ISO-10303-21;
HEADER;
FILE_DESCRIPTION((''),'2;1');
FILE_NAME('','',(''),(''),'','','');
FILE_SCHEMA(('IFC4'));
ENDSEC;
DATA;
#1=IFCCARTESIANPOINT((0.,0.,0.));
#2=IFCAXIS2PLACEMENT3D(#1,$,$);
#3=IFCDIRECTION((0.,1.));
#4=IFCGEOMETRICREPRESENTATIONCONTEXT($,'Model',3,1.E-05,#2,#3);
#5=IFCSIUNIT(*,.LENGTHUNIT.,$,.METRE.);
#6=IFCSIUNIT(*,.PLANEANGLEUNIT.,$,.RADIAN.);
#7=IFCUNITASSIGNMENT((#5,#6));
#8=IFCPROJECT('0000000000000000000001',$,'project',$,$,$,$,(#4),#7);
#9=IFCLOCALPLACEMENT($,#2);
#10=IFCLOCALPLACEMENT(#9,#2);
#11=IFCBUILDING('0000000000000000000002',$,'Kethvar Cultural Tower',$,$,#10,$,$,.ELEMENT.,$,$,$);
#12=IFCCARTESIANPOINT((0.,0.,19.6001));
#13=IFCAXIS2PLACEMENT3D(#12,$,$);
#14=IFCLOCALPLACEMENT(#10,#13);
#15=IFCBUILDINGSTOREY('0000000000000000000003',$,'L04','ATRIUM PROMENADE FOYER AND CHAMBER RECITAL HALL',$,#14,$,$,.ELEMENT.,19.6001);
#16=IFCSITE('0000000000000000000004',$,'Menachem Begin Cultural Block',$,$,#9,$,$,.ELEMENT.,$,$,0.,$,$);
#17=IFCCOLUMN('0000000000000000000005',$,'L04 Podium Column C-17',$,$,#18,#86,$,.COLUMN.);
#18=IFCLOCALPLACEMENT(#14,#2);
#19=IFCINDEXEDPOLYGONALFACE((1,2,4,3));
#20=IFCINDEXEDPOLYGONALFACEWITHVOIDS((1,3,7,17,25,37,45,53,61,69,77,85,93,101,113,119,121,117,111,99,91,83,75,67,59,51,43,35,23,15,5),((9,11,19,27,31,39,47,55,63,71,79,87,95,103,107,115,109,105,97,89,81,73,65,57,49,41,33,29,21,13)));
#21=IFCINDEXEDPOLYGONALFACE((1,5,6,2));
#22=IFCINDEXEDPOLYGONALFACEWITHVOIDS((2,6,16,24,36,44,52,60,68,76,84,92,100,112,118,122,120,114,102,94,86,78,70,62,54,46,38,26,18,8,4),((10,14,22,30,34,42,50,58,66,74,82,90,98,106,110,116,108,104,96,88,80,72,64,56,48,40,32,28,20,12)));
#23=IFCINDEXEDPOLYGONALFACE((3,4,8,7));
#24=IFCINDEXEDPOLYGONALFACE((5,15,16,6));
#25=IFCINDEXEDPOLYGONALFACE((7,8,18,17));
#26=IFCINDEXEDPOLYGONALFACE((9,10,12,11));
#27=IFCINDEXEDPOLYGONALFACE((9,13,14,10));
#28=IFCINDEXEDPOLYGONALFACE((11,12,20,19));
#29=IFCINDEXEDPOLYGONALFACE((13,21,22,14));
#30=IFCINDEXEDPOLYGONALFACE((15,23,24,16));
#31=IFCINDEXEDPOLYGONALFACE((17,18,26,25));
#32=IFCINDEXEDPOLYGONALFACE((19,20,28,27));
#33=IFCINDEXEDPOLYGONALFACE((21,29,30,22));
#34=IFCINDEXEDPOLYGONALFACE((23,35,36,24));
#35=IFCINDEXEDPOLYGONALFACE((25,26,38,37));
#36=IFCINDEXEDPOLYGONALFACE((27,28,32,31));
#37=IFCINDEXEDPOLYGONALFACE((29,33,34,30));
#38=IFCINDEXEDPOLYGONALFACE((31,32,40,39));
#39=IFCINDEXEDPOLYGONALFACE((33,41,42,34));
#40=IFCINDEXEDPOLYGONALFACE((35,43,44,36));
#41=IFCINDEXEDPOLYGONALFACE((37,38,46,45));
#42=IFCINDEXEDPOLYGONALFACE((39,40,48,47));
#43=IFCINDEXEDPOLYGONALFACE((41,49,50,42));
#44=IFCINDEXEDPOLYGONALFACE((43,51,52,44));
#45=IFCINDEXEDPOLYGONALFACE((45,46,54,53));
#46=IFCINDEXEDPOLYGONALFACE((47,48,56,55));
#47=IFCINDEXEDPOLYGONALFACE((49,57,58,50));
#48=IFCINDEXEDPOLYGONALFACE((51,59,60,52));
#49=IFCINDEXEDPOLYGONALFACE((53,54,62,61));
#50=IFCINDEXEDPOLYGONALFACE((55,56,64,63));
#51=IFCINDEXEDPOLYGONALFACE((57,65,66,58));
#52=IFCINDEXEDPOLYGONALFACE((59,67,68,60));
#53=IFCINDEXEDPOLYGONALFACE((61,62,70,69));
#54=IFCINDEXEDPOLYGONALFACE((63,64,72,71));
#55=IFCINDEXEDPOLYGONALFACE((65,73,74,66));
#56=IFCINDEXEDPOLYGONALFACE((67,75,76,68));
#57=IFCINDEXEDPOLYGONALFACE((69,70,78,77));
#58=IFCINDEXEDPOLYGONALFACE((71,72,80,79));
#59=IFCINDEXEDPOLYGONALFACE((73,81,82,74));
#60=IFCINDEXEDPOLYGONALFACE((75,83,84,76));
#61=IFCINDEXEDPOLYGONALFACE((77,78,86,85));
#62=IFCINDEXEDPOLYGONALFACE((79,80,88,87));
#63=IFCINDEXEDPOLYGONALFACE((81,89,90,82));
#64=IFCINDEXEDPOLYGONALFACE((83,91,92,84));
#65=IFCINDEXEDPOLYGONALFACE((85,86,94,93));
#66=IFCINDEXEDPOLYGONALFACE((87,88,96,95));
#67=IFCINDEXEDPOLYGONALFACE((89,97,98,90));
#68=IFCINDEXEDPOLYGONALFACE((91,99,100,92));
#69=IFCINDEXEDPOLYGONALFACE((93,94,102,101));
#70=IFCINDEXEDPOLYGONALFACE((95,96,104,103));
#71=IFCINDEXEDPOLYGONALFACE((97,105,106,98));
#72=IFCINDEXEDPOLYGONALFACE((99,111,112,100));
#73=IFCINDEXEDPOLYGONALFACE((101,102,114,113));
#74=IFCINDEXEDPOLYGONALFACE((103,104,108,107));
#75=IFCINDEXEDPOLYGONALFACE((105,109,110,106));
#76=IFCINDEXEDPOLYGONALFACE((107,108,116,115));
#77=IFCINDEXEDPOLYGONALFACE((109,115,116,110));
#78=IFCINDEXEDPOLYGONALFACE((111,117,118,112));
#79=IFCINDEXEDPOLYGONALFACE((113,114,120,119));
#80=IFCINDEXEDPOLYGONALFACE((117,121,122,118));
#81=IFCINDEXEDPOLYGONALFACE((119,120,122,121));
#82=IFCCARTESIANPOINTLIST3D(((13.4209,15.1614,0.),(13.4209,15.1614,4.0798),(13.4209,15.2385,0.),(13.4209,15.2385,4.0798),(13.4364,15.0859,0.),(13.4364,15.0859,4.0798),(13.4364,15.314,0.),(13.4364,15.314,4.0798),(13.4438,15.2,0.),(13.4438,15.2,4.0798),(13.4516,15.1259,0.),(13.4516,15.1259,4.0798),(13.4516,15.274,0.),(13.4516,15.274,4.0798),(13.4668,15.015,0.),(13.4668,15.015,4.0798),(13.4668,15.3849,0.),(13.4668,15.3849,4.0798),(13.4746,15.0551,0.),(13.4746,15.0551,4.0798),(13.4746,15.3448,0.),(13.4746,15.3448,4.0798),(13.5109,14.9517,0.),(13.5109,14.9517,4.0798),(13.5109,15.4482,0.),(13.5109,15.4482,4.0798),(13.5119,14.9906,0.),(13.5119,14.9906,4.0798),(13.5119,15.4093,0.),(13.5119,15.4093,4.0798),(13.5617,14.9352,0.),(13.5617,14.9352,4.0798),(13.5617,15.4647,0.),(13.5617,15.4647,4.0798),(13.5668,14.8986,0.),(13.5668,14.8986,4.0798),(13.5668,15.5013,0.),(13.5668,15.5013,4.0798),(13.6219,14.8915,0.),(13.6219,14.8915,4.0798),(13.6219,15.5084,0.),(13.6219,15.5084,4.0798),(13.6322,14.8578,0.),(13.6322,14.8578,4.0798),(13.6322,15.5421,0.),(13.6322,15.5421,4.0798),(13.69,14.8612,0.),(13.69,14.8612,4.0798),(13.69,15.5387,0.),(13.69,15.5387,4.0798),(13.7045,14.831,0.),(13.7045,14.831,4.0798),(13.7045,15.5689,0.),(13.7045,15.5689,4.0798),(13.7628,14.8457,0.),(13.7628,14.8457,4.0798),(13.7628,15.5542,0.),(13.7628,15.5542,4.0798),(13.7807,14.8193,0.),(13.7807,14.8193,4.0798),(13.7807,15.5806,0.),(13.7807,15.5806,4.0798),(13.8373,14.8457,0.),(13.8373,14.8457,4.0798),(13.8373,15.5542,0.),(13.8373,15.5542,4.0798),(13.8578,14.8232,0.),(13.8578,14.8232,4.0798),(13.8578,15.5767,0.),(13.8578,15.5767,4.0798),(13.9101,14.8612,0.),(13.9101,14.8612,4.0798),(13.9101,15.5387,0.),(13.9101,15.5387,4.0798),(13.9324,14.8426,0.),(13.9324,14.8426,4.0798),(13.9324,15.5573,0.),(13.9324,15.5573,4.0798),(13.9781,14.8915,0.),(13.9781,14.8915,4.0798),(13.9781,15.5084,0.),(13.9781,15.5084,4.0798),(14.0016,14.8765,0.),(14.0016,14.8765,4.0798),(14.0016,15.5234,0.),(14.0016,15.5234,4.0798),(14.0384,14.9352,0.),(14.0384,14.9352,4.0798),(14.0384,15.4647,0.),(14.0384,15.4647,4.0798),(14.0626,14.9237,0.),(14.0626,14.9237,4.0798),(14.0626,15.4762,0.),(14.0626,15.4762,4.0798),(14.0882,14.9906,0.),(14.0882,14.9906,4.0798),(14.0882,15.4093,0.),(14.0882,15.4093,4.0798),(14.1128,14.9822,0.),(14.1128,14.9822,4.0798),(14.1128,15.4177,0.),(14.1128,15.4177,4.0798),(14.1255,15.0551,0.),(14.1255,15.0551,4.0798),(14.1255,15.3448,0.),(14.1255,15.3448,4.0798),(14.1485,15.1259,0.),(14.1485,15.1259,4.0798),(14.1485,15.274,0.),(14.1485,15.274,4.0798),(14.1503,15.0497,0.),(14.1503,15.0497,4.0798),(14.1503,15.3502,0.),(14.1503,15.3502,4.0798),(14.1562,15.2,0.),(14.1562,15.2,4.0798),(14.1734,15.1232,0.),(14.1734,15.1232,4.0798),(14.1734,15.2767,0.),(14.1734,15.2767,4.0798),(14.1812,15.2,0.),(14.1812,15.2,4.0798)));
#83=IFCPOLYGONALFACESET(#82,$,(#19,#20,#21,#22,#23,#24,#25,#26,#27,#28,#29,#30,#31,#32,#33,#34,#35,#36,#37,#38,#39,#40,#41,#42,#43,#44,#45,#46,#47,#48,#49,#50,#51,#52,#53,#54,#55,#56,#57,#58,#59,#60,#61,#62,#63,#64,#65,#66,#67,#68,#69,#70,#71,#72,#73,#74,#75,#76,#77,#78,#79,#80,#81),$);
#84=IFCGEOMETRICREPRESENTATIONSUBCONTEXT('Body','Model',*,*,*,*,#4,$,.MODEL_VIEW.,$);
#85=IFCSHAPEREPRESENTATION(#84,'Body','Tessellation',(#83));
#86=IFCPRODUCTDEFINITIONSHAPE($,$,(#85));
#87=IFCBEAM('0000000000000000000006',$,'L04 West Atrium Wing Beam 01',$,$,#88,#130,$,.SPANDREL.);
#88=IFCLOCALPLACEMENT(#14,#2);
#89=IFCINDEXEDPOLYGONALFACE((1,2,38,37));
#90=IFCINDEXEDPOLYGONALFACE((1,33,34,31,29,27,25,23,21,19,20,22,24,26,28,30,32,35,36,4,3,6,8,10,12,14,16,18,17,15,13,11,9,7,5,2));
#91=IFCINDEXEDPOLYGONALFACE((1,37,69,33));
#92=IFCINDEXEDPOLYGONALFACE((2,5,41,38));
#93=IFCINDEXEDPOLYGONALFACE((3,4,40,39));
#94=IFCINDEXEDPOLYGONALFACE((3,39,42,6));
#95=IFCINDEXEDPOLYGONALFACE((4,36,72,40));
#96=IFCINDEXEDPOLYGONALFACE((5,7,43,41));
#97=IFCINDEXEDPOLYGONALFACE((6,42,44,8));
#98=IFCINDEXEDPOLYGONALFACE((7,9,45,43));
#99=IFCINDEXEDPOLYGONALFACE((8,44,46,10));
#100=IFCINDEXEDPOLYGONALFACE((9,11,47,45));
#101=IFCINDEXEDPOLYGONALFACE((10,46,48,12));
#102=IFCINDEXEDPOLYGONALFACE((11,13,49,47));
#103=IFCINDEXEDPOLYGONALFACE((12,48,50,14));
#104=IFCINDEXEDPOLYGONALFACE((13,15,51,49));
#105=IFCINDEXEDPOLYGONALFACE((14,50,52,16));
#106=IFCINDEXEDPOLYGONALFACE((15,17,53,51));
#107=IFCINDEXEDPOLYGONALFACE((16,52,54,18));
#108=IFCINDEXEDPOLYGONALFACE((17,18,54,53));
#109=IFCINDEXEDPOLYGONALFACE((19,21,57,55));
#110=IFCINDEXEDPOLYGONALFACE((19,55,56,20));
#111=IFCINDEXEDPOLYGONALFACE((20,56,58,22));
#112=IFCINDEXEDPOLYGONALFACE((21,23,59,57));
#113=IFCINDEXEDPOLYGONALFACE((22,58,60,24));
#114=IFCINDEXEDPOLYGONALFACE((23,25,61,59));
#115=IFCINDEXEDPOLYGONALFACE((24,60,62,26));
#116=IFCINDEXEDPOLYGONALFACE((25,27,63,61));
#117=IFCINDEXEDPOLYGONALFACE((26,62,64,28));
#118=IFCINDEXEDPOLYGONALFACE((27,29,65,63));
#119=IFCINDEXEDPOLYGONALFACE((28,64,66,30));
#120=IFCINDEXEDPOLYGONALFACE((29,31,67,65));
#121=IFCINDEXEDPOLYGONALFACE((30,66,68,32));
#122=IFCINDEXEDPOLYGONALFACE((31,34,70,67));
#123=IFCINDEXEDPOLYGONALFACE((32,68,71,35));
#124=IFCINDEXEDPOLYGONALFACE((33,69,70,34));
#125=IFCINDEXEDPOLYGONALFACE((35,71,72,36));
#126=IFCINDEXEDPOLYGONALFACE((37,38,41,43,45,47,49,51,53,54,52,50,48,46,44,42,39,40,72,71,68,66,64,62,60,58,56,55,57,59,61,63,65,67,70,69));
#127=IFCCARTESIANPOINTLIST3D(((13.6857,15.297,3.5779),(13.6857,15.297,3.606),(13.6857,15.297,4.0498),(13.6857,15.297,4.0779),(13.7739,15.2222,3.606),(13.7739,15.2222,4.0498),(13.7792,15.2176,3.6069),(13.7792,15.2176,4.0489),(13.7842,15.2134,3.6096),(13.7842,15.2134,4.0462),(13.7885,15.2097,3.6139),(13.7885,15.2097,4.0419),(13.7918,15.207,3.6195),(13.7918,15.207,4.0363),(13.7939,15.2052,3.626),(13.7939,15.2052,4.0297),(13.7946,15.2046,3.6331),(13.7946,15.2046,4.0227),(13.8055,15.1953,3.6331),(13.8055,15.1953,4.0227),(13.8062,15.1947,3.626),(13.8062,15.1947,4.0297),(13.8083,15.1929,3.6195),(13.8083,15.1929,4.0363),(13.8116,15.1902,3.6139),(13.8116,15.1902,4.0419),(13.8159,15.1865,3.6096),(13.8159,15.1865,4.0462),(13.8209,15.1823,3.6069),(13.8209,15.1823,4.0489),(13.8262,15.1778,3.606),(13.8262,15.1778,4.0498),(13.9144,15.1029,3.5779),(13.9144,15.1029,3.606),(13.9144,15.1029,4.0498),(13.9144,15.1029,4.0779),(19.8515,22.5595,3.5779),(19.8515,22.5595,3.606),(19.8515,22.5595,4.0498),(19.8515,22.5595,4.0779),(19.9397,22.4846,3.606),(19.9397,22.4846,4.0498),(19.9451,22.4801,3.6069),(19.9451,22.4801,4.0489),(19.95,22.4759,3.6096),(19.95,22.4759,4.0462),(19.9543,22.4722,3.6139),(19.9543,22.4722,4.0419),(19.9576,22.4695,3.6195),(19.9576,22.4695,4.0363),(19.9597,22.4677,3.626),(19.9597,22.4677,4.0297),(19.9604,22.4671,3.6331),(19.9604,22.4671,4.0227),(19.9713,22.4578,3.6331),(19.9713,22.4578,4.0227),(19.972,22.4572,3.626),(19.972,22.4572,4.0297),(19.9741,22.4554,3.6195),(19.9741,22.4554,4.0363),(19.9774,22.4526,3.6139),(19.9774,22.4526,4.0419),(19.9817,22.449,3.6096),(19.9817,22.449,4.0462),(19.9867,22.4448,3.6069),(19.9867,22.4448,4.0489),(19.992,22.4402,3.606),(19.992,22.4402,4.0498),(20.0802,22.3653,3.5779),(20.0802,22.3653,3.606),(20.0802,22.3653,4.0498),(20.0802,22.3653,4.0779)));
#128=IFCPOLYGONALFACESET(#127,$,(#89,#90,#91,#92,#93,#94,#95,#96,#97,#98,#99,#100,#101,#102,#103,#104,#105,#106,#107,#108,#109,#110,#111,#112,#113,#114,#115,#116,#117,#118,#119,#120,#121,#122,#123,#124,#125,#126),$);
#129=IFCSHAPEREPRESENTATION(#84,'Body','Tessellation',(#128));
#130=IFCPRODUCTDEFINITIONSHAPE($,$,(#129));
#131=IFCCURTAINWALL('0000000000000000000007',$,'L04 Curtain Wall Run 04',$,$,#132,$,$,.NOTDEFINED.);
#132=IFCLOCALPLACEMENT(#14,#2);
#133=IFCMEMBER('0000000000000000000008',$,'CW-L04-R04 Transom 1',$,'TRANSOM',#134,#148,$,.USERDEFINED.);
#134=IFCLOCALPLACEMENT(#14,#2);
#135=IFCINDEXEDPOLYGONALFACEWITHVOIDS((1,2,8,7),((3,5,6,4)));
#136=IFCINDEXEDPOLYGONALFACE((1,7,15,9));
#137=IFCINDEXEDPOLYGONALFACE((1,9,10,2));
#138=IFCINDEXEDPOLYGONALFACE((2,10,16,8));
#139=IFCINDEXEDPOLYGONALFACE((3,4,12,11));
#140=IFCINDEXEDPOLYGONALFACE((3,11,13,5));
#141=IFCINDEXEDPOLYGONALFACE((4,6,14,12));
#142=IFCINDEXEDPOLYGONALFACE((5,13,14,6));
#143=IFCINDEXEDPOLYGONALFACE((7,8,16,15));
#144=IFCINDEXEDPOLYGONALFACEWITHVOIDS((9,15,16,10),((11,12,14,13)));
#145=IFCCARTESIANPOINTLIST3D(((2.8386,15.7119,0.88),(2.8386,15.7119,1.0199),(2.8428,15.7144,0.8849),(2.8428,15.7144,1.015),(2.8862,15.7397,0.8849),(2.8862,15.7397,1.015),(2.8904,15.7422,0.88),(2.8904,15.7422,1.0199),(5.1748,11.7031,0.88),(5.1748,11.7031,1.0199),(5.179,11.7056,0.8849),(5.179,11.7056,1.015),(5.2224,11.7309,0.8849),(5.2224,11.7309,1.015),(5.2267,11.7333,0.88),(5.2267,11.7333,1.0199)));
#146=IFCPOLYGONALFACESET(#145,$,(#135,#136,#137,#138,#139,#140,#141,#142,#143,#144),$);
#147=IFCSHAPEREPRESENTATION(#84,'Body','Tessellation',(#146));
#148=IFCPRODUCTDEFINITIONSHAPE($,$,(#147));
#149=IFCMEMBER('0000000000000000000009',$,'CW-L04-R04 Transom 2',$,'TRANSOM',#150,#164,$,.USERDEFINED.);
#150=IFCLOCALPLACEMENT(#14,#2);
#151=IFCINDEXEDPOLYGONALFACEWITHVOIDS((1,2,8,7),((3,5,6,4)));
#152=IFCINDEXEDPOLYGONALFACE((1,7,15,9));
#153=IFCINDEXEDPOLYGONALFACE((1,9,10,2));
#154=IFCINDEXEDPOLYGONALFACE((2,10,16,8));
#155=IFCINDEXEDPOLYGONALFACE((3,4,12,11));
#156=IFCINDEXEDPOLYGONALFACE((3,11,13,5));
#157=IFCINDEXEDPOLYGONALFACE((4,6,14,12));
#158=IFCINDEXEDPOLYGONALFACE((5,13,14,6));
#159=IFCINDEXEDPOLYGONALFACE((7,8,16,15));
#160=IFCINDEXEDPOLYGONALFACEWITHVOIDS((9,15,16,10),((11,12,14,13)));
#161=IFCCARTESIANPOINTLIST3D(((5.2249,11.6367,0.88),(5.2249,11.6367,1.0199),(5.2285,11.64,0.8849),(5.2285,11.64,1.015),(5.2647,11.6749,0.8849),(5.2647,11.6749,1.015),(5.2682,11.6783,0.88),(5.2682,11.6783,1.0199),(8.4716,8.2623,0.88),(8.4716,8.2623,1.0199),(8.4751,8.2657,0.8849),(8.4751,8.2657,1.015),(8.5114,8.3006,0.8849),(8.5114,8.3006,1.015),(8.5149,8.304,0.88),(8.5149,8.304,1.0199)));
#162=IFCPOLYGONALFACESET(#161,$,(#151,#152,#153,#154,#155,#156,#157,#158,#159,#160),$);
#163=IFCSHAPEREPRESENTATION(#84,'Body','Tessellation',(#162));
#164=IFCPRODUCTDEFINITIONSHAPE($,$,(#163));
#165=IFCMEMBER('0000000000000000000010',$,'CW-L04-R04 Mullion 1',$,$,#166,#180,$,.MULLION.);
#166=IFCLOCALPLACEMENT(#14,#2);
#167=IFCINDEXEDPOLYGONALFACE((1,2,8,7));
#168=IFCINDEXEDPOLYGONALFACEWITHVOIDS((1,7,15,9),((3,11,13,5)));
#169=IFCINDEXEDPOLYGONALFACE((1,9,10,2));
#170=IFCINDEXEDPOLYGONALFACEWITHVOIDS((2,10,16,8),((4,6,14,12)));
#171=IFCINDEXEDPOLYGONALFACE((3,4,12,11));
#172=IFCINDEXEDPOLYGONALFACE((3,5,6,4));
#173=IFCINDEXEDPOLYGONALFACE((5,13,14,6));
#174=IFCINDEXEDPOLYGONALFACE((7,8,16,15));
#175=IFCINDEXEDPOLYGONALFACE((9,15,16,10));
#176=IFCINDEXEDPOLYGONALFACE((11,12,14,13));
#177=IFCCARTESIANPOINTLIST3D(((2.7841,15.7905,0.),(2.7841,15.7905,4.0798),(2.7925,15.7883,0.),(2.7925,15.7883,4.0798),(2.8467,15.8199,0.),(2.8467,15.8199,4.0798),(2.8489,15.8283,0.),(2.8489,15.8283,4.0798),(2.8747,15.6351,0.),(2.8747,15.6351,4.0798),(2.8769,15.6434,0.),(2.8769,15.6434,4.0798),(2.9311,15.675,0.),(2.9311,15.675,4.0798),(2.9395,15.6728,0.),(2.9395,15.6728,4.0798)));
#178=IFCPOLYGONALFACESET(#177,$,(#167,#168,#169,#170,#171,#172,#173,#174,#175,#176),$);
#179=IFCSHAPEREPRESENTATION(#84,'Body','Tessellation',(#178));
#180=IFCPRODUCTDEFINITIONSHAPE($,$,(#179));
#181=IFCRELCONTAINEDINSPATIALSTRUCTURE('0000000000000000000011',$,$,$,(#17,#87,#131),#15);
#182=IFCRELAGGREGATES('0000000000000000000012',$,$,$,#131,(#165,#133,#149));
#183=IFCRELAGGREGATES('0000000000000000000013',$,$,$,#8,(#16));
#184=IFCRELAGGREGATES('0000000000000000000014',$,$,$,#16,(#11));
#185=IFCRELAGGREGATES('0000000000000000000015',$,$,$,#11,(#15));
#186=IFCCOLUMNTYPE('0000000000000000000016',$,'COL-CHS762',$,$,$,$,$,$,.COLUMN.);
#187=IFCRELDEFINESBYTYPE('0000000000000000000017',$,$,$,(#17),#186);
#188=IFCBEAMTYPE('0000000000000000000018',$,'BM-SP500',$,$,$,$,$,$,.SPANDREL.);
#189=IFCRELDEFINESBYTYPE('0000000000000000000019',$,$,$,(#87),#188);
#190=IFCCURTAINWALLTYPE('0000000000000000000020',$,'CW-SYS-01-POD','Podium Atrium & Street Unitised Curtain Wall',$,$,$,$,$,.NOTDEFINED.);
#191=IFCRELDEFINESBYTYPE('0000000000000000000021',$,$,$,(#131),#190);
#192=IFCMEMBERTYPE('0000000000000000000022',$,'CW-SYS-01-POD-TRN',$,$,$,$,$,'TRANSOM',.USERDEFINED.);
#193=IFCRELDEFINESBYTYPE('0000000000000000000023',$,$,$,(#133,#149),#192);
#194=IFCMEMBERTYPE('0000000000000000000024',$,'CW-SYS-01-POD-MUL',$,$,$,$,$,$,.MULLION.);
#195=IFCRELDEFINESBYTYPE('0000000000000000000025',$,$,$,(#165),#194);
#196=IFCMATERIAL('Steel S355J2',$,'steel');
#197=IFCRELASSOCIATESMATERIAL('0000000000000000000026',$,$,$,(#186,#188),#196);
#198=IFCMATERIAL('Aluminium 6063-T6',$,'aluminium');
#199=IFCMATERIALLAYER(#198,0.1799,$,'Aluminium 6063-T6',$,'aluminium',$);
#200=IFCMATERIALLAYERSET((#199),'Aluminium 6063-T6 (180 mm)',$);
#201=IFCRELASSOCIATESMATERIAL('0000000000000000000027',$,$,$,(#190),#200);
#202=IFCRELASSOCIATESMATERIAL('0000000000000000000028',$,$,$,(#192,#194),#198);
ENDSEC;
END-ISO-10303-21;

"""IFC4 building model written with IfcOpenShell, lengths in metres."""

from ifc_helpers import new_model, si_unit, direction, frame, origin, origin_2d, place, context, subcontext, project, spatial, hollow_rectangle, hollow_circle, i_section, extrude, source, transform, mapped, material, layer, layer_set, material_profile, profile_set, type_object, element, aggregate, save


model = new_model("IFC4")

# Units and contexts
model_context = context("Model", 3, precision=1e-05, world=origin(), true_north=direction((0.0, 1.0)))
body_context = subcontext(model_context, "Body", "Model", "MODEL_VIEW")
ifc_project = project(units=[si_unit("LENGTHUNIT", "METRE"), si_unit("PLANEANGLEUNIT", "RADIAN")], contexts=[model_context])

# Site, building, storey
site_placement = place(None, origin())
site = spatial("IfcSite", under=ifc_project, at=site_placement, Name="Menachem Begin Cultural Block", CompositionType="ELEMENT", RefElevation=0.0)
building_placement = place(site_placement, origin())
building = spatial("IfcBuilding", under=site, at=building_placement, Name="Kethvar Cultural Tower", CompositionType="ELEMENT")
storey_placement = place(building_placement, frame((0.0, 0.0, 19.6001)))
storey = spatial("IfcBuildingStorey", under=building, at=storey_placement, Name="L04", Description="ATRIUM PROMENADE FOYER AND CHAMBER RECITAL HALL", CompositionType="ELEMENT", Elevation=19.6001)

# Column
ifc_material_1 = material(Name="Steel S355J2", Category="steel")
ifc_material_profile_1 = material_profile(ifc_material_1, hollow_circle(Radius=0.3811, WallThickness=0.0249, at=origin_2d()), Name="Steel S355J2 — CHS762x25")
ifc_profile_set_1 = profile_set([ifc_material_profile_1], Name="Steel S355J2 — CHS762x25")
column_type = type_object("IfcColumnType", Name="COL-CHS762", PredefinedType="COLUMN", material=ifc_profile_set_1)
shared_shape_1 = source(origin(), body_context, "Body", "SweptSolid", [
    extrude(hollow_circle(Radius=0.3811, WallThickness=0.0249, at=origin_2d()), origin(), (0.0, 0.0, 1.0), 4.0798),
])
column_placement = place(storey_placement, frame((13.8, 15.2, 0.0), z_axis=(0.0, 0.0, 1.0), x_axis=(1.0, 0.0, 0.0)))
element("IfcColumn", 1, at=column_placement, inside=storey, type_object=column_type, Name="L04 Podium Column C-17", PredefinedType="COLUMN", context=body_context, shape_type="MappedRepresentation", body=[
    mapped(shared_shape_1, transform((0.0, 0.0, 0.0), scale=1.0)),
])

# Beam
ifc_material_profile_2 = material_profile(ifc_material_1, i_section(OverallWidth=0.3, OverallDepth=0.5, WebThickness=0.0144, FlangeThickness=0.0281, FilletRadius=0.0271, at=origin_2d()), Name="Steel S355J2 — HEB500")
ifc_profile_set_2 = profile_set([ifc_material_profile_2], Name="Steel S355J2 — HEB500")
beam_type = type_object("IfcBeamType", Name="BM-SP500", PredefinedType="SPANDREL", material=ifc_profile_set_2)
shared_shape_2 = source(origin(), body_context, "Body", "SweptSolid", [
    extrude(i_section(OverallWidth=0.3, OverallDepth=0.5, WebThickness=0.0144, FlangeThickness=0.0281, FilletRadius=0.0271, at=origin_2d()), origin(), (0.0, 0.0, 1.0), 9.5269),
])
beam_placement = place(storey_placement, frame((13.8, 15.2, 3.8279), z_axis=(0.647203, 0.762318, 0.0), x_axis=(-0.762318, 0.647203, 0.0)))
element("IfcBeam", 2, at=beam_placement, inside=storey, type_object=beam_type, Name="L04 West Atrium Wing Beam 01", PredefinedType="SPANDREL", context=body_context, shape_type="MappedRepresentation", body=[
    mapped(shared_shape_2, transform((0.0, 0.0, 0.0), scale=1.0)),
])

# Curtain wall, members
ifc_material_2 = material(Name="Aluminium 6063-T6", Category="aluminium")
ifc_layer_1 = layer(ifc_material_2, 0.1799, Name="Aluminium 6063-T6", Category="aluminium")
ifc_layer_set_1 = layer_set([ifc_layer_1], Name="Aluminium 6063-T6 (180 mm)")
curtain_wall_type = type_object("IfcCurtainWallType", Name="CW-SYS-01-POD", Description="Podium Atrium & Street Unitised Curtain Wall", PredefinedType="NOTDEFINED", material=ifc_layer_set_1)
curtain_wall_placement = place(storey_placement, origin())
curtain_wall = element("IfcCurtainWall", 3, at=curtain_wall_placement, inside=storey, type_object=curtain_wall_type, Name="L04 Curtain Wall Run 04", PredefinedType="NOTDEFINED")
ifc_material_profile_3 = material_profile(ifc_material_2, hollow_rectangle(XDim=0.0601, YDim=0.1399, WallThickness=0.0049, at=origin_2d()), Name="Aluminium 6063-T6 — RHS140x60x5")
ifc_profile_set_3 = profile_set([ifc_material_profile_3], Name="Aluminium 6063-T6 — RHS140x60x5")
member_type_1 = type_object("IfcMemberType", Name="CW-SYS-01-POD-TRN", ElementType="TRANSOM", PredefinedType="USERDEFINED", material=ifc_profile_set_3)
shared_shape_3 = source(origin(), body_context, "Body", "SweptSolid", [
    extrude(hollow_rectangle(XDim=0.0601, YDim=0.1399, WallThickness=0.0049, at=origin_2d()), origin(), (0.0, 0.0, 1.0), 4.6399),
])
member_1_placement = place(storey_placement, frame((2.8645, 15.7271, 0.95), z_axis=(0.503505, -0.863993, 0.0), x_axis=(0.863993, 0.503505, 0.0)))
member_1 = element("IfcMember", 4, at=member_1_placement, type_object=member_type_1, Name="CW-L04-R04 Transom 1", ObjectType="TRANSOM", PredefinedType="USERDEFINED", context=body_context, shape_type="MappedRepresentation", body=[
    mapped(shared_shape_3, transform((0.0, 0.0, 0.0), scale=1.0)),
])
shared_shape_4 = source(origin(), body_context, "Body", "SweptSolid", [
    extrude(hollow_rectangle(XDim=0.0601, YDim=0.1399, WallThickness=0.0049, at=origin_2d()), origin(), (0.0, 0.0, 1.0), 4.6826),
])
member_2_placement = place(storey_placement, frame((5.2466, 11.6575, 0.95), z_axis=(0.693341, -0.72061, 0.0), x_axis=(0.72061, 0.693341, 0.0)))
member_2 = element("IfcMember", 5, at=member_2_placement, type_object=member_type_1, Name="CW-L04-R04 Transom 2", ObjectType="TRANSOM", PredefinedType="USERDEFINED", context=body_context, shape_type="MappedRepresentation", body=[
    mapped(shared_shape_4, transform((0.0, 0.0, 0.0), scale=1.0)),
])
ifc_material_profile_4 = material_profile(ifc_material_2, hollow_rectangle(XDim=0.075, YDim=0.1799, WallThickness=0.0061, at=origin_2d()), Name="Aluminium 6063-T6 — RHS180x75x6")
ifc_profile_set_4 = profile_set([ifc_material_profile_4], Name="Aluminium 6063-T6 — RHS180x75x6")
member_type_2 = type_object("IfcMemberType", Name="CW-SYS-01-POD-MUL", PredefinedType="MULLION", material=ifc_profile_set_4)
shared_shape_5 = source(origin(), body_context, "Body", "SweptSolid", [
    extrude(hollow_rectangle(XDim=0.075, YDim=0.1799, WallThickness=0.0061, at=origin_2d()), origin(), (0.0, 0.0, 1.0), 4.0798),
])
member_3_placement = place(storey_placement, frame((2.8618, 15.7317, 0.0), z_axis=(0.0, 0.0, 1.0), x_axis=(0.863985, 0.503518, 0.0)))
member_3 = element("IfcMember", 6, at=member_3_placement, type_object=member_type_2, Name="CW-L04-R04 Mullion 1", PredefinedType="MULLION", context=body_context, shape_type="MappedRepresentation", body=[
    mapped(shared_shape_5, transform((0.0, 0.0, 0.0), scale=1.0)),
])
aggregate(curtain_wall, [member_3, member_1, member_2])

save(model, "model.ifc")
